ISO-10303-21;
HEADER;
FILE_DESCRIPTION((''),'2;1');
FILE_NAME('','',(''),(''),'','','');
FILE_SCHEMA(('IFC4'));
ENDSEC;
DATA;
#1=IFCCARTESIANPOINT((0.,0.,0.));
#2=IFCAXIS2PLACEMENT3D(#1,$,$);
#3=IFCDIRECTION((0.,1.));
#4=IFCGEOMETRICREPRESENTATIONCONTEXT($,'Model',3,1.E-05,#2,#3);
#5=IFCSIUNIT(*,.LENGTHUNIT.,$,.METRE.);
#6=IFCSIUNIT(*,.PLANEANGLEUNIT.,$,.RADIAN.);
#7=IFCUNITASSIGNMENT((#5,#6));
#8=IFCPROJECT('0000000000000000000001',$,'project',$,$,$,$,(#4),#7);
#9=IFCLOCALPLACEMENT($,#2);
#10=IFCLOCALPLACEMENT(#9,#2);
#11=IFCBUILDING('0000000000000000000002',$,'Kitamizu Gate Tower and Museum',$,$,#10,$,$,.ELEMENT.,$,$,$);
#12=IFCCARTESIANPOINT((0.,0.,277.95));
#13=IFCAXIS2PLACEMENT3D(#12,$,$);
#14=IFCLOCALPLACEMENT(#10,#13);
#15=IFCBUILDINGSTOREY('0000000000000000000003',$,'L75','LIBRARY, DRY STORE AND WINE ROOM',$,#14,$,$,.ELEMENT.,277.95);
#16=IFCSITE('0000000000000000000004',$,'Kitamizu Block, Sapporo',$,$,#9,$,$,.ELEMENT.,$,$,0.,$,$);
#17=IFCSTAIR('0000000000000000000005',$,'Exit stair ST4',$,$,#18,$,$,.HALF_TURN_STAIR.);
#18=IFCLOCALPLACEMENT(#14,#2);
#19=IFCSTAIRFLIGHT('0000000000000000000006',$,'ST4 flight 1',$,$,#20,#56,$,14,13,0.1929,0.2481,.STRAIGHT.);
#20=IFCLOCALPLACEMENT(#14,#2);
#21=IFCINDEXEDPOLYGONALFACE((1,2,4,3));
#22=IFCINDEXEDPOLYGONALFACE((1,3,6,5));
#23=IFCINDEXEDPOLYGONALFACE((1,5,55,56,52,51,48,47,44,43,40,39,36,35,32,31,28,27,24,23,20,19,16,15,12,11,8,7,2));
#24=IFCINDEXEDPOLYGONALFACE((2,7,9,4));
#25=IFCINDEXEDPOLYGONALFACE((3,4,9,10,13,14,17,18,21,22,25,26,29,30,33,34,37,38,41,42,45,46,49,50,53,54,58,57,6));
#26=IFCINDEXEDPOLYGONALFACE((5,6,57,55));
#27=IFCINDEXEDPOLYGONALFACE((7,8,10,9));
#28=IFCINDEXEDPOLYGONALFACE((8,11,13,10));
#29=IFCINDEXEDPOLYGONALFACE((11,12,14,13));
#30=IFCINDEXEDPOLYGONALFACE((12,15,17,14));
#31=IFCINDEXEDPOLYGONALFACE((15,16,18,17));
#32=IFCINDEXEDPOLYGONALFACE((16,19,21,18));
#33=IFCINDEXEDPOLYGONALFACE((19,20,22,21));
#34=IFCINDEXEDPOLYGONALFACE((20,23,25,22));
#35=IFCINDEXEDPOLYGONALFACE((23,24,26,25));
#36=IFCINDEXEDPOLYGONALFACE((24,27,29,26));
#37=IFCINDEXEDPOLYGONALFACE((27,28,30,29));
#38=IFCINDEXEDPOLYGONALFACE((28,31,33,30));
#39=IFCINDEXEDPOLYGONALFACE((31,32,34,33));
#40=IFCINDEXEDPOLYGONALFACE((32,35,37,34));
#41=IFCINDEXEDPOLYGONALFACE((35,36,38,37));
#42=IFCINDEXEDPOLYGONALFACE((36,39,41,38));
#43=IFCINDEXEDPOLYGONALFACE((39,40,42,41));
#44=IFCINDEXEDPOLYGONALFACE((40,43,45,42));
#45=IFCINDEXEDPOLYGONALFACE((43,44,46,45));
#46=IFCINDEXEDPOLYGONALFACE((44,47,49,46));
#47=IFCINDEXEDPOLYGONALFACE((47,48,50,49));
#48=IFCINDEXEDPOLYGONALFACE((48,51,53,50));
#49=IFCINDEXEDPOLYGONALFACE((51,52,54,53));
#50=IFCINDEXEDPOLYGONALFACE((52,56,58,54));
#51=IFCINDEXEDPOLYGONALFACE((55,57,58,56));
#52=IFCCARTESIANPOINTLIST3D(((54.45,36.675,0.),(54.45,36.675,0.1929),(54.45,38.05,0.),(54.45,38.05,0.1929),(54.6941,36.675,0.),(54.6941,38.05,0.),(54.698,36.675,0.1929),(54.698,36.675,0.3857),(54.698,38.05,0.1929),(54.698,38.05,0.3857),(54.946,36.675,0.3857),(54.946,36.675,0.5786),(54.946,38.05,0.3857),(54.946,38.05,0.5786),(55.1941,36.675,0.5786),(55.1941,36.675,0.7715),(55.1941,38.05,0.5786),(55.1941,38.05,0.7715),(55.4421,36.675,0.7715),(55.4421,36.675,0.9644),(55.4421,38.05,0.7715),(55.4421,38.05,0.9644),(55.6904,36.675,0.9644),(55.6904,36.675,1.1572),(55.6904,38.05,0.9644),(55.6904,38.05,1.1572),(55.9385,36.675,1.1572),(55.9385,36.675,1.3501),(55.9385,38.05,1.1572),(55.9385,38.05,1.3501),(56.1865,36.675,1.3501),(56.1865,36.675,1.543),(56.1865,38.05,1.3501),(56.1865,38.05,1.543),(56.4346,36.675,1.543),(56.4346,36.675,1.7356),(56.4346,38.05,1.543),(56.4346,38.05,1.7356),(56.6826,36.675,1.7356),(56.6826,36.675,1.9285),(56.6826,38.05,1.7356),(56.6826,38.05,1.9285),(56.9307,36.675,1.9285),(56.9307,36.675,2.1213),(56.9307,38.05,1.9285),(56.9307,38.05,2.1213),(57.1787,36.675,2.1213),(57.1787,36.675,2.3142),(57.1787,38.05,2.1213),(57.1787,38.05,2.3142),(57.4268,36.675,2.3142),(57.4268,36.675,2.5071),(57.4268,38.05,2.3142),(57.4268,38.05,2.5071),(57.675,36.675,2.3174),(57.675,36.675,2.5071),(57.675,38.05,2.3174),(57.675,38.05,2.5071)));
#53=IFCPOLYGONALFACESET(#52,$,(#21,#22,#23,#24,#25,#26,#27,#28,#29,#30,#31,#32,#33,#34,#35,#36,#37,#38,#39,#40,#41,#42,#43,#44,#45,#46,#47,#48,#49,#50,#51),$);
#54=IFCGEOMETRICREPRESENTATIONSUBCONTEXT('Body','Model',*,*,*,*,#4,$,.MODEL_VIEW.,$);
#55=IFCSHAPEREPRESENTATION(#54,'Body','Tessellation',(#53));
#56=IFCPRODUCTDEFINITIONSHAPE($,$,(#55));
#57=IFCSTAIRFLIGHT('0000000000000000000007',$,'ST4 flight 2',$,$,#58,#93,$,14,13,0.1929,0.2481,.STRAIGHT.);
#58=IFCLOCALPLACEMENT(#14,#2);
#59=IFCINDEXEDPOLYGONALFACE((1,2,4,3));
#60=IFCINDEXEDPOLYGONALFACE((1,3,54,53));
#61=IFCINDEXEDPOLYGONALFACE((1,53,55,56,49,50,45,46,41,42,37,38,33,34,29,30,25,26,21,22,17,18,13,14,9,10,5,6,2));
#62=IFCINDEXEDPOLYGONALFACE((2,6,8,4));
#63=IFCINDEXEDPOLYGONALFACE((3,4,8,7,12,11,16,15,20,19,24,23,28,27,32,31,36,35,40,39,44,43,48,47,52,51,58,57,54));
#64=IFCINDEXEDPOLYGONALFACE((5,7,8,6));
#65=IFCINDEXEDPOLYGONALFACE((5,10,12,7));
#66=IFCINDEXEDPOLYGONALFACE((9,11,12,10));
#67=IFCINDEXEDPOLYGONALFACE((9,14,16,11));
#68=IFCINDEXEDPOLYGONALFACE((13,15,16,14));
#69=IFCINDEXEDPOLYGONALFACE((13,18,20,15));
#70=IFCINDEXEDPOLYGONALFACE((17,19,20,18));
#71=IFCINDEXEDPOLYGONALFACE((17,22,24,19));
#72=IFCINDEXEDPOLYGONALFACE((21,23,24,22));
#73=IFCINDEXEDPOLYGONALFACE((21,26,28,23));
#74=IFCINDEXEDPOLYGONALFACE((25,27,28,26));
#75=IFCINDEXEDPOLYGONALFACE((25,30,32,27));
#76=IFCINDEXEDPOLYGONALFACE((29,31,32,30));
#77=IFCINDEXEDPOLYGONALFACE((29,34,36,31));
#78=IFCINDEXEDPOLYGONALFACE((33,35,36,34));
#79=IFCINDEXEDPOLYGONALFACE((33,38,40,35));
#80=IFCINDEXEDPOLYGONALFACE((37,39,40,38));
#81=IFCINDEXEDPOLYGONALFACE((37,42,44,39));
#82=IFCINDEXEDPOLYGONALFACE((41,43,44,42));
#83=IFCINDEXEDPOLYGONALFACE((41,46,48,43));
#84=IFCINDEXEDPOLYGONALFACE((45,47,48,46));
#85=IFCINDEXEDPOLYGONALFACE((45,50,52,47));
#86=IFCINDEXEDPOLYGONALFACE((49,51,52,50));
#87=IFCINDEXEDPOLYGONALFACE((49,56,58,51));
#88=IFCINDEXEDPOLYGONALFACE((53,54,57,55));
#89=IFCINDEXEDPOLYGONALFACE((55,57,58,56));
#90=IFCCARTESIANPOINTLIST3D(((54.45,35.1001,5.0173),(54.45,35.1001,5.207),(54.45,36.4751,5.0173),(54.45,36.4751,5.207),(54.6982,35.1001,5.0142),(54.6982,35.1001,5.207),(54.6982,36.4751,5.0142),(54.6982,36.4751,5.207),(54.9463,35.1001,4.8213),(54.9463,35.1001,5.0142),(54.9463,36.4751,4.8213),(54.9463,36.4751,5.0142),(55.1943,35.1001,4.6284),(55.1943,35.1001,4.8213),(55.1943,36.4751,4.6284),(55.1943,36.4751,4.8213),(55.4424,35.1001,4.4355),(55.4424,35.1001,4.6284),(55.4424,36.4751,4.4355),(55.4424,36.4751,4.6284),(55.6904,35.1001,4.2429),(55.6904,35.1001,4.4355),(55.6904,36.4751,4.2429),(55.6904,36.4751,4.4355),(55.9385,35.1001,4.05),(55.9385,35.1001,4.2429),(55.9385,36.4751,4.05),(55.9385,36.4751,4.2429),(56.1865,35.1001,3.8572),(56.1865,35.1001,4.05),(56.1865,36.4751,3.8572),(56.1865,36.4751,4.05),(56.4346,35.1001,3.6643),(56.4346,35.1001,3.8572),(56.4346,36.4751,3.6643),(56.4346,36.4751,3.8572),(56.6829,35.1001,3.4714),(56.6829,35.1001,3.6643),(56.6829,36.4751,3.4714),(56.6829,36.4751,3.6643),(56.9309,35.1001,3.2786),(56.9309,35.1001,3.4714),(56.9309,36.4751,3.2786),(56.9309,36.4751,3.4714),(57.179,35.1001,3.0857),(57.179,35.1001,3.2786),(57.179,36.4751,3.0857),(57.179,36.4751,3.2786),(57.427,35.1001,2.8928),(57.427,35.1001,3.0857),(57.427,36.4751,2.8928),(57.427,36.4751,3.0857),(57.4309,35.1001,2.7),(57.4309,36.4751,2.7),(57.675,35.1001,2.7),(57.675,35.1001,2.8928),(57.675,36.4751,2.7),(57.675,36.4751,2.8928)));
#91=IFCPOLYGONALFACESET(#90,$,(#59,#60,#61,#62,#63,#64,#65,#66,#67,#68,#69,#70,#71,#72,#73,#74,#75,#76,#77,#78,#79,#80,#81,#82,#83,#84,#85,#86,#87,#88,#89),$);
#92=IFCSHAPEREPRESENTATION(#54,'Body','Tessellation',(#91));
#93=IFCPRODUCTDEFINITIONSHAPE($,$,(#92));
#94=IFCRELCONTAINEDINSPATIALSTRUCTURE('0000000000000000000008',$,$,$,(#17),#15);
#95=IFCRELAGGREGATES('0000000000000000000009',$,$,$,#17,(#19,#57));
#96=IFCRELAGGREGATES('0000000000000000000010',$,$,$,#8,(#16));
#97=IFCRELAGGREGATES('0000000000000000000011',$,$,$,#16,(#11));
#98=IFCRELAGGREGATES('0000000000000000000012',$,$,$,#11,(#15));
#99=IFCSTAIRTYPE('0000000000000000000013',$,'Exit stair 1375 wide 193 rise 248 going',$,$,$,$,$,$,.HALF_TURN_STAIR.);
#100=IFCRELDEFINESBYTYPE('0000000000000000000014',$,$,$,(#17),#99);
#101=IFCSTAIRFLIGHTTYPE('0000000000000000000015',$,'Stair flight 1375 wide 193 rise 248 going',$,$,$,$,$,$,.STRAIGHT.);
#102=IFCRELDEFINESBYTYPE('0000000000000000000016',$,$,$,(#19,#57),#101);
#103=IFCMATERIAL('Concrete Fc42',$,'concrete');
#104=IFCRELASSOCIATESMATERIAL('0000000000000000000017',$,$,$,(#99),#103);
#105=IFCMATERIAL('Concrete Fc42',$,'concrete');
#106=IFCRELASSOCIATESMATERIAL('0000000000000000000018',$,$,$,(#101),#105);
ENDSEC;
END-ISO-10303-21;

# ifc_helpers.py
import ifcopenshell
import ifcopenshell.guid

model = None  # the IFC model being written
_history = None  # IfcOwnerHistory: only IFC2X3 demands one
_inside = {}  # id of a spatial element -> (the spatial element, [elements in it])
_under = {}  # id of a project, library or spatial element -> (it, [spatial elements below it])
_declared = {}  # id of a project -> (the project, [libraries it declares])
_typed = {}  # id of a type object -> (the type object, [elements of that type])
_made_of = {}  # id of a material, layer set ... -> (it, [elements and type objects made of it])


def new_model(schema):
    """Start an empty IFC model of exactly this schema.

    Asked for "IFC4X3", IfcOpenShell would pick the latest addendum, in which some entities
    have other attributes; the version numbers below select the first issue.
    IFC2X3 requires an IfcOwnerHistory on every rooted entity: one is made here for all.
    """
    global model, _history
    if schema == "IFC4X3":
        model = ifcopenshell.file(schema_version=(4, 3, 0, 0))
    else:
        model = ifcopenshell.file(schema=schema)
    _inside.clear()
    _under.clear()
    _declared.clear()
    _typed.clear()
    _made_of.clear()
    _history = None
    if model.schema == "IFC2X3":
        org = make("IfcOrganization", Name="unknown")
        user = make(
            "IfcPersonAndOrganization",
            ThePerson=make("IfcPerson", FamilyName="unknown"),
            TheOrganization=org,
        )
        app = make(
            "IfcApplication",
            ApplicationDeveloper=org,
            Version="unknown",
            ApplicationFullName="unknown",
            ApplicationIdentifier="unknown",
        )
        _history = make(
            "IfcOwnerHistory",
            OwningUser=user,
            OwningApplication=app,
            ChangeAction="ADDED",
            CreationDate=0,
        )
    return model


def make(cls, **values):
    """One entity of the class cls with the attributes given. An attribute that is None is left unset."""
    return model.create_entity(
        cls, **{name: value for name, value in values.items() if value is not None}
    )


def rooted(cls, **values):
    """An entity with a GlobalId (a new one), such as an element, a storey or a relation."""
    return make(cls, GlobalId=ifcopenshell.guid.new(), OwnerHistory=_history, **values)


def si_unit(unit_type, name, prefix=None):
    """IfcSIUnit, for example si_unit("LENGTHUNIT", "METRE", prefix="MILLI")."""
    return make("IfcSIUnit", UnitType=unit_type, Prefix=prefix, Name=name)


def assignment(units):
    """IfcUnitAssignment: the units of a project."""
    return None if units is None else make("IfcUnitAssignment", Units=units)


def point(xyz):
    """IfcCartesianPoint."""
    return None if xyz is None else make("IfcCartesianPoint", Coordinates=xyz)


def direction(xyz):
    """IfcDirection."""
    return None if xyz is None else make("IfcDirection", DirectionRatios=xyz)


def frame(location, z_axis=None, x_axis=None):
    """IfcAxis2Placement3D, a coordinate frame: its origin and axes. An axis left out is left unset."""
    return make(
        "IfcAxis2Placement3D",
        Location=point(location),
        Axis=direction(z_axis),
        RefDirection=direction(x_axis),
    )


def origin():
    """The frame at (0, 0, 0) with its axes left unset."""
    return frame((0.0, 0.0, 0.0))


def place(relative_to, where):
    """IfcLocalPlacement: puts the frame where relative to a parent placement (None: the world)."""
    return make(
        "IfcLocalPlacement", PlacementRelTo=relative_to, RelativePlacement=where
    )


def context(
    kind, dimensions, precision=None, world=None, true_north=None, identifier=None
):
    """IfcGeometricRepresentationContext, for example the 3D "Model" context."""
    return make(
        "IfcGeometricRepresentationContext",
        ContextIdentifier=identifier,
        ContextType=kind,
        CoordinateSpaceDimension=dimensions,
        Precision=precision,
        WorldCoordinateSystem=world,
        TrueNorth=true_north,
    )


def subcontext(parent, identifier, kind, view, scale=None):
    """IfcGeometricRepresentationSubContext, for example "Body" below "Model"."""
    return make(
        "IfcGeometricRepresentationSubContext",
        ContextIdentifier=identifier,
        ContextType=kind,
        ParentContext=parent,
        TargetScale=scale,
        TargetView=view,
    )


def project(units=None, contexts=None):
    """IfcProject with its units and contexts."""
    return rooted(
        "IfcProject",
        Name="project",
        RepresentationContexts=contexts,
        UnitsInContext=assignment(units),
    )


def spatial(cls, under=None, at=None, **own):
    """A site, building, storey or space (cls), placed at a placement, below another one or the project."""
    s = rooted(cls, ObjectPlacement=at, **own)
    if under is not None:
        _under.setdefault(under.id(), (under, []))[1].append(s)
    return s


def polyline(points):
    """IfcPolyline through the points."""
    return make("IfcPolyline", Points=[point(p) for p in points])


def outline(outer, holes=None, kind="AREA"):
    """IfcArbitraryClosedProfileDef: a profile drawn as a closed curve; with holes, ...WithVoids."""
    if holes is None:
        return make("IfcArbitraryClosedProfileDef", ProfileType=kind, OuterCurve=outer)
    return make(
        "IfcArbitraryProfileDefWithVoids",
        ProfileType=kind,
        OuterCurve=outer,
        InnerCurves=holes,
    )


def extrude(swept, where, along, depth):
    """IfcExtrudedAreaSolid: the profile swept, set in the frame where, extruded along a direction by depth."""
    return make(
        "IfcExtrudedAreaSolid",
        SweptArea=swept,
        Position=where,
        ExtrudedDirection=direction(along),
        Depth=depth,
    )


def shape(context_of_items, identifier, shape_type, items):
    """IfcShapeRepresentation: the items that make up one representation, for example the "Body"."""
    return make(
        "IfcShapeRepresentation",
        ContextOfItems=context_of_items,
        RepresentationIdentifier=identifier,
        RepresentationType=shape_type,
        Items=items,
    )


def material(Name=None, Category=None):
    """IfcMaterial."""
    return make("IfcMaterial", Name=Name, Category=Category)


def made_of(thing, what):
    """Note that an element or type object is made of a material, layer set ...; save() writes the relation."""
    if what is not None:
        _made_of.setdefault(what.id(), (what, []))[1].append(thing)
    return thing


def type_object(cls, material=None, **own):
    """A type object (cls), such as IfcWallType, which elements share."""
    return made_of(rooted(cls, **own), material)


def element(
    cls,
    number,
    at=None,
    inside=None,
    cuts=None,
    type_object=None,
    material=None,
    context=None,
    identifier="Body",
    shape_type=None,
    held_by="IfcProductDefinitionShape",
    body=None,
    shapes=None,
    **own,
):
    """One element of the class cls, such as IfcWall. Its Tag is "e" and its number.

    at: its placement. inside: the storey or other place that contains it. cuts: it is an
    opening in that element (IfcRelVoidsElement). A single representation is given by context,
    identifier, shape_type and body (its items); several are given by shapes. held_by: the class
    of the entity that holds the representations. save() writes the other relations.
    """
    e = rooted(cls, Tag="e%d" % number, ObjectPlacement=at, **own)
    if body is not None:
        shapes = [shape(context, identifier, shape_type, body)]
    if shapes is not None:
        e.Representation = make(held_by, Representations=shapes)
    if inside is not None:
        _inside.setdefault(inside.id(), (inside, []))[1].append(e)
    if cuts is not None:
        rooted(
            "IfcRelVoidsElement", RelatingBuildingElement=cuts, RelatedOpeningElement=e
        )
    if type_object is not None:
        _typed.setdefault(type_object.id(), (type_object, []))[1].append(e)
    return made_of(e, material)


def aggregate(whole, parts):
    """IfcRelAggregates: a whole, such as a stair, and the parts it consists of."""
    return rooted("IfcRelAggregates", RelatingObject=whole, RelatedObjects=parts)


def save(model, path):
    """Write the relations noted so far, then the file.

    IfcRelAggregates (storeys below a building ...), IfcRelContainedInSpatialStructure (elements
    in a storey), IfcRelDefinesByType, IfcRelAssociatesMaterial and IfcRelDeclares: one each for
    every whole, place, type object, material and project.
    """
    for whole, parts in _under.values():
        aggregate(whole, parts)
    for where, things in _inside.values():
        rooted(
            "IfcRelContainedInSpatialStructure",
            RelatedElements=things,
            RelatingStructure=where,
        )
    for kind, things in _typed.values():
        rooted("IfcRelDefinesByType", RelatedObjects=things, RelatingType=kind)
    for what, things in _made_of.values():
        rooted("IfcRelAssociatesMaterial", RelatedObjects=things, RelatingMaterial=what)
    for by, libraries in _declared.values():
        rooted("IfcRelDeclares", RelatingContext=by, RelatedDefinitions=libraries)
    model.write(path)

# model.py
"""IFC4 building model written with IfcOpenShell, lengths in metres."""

from ifc_helpers import new_model, si_unit, direction, frame, origin, place, context, subcontext, project, spatial, polyline, outline, extrude, material, type_object, element, aggregate, save


model = new_model("IFC4")

# Units and contexts
model_context = context("Model", 3, precision=1e-05, world=origin(), true_north=direction((0.0, 1.0)))
body_context = subcontext(model_context, "Body", "Model", "MODEL_VIEW")
ifc_project = project(units=[si_unit("LENGTHUNIT", "METRE"), si_unit("PLANEANGLEUNIT", "RADIAN")], contexts=[model_context])

# Site, building, storey
site_placement = place(None, origin())
site = spatial("IfcSite", under=ifc_project, at=site_placement, Name="Kitamizu Block, Sapporo", CompositionType="ELEMENT", RefElevation=0.0)
building_placement = place(site_placement, origin())
building = spatial("IfcBuilding", under=site, at=building_placement, Name="Kitamizu Gate Tower and Museum", CompositionType="ELEMENT")
storey_placement = place(building_placement, frame((0.0, 0.0, 277.95)))
storey = spatial("IfcBuildingStorey", under=building, at=storey_placement, Name="L75", Description="LIBRARY, DRY STORE AND WINE ROOM", CompositionType="ELEMENT", Elevation=277.95)

# Stair, stair flights
ifc_material_1 = material(Name="Concrete Fc42", Category="concrete")
stair_type = type_object("IfcStairType", Name="Exit stair 1375 wide 193 rise 248 going", PredefinedType="HALF_TURN_STAIR", material=ifc_material_1)
stair_placement = place(storey_placement, origin())
stair = element("IfcStair", 1, at=stair_placement, inside=storey, type_object=stair_type, Name="Exit stair ST4", PredefinedType="HALF_TURN_STAIR")
ifc_material_2 = material(Name="Concrete Fc42", Category="concrete")
stair_flight_type = type_object("IfcStairFlightType", Name="Stair flight 1375 wide 193 rise 248 going", PredefinedType="STRAIGHT", material=ifc_material_2)
stair_flight_1_placement = place(storey_placement, frame((54.45, 37.3625, 0.0), z_axis=(0.0, 0.0, 1.0), x_axis=(1.0, 0.0, 0.0)))
stair_flight_1 = element("IfcStairFlight", 2, at=stair_flight_1_placement, type_object=stair_flight_type, Name="ST4 flight 1", NumberOfRisers=14, NumberOfTreads=13, PredefinedType="STRAIGHT", RiserHeight=0.1929, TreadLength=0.2481, context=body_context, shape_type="SweptSolid", body=[
    extrude(outline(polyline([(0.0, 0.0), (0.0, 0.1929), (0.248, 0.1929), (0.248, 0.3857), (0.4961, 0.3857), (0.4961, 0.5786), (0.7441, 0.5786), (0.7441, 0.7715), (0.9922, 0.7715), (0.9922, 0.9644), (1.2405, 0.9644), (1.2405, 1.1572), (1.4885, 1.1572), (1.4885, 1.3501), (1.7366, 1.3501), (1.7366, 1.543), (1.9846, 1.543), (1.9846, 1.7356), (2.2327, 1.7356), (2.2327, 1.9285), (2.4807, 1.9285), (2.4807, 2.1213), (2.7288, 2.1213), (2.7288, 2.3142), (2.9768, 2.3142), (2.9768, 2.5071), (3.2251, 2.5071), (3.2251, 2.7), (3.2251, 2.3174), (0.2441, 0.0), (0.0, 0.0)])), frame((0.0, 0.6875, 0.0), z_axis=(0.0, -1.0, 0.0), x_axis=(1.0, 0.0, 0.0)), (0.0, 0.0, 1.0), 1.375),
])
stair_flight_2_placement = place(storey_placement, frame((57.675, 35.7876, 2.7), z_axis=(0.0, 0.0, 1.0), x_axis=(-1.0, 0.0, 0.0)))
stair_flight_2 = element("IfcStairFlight", 3, at=stair_flight_2_placement, type_object=stair_flight_type, Name="ST4 flight 2", NumberOfRisers=14, NumberOfTreads=13, PredefinedType="STRAIGHT", RiserHeight=0.1929, TreadLength=0.2481, context=body_context, shape_type="SweptSolid", body=[
    extrude(outline(polyline([(0.0, 0.0), (0.0, 0.1929), (0.248, 0.1929), (0.248, 0.3857), (0.4961, 0.3857), (0.4961, 0.5786), (0.7441, 0.5786), (0.7441, 0.7715), (0.9922, 0.7715), (0.9922, 0.9644), (1.2405, 0.9644), (1.2405, 1.1572), (1.4885, 1.1572), (1.4885, 1.3501), (1.7366, 1.3501), (1.7366, 1.543), (1.9846, 1.543), (1.9846, 1.7356), (2.2327, 1.7356), (2.2327, 1.9285), (2.4807, 1.9285), (2.4807, 2.1213), (2.7288, 2.1213), (2.7288, 2.3142), (2.9768, 2.3142), (2.9768, 2.5071), (3.2251, 2.5071), (3.2251, 2.7), (3.2251, 2.3174), (0.2441, 0.0), (0.0, 0.0)])), frame((0.0, 0.6875, 0.0), z_axis=(0.0, -1.0, 0.0), x_axis=(1.0, 0.0, 0.0)), (0.0, 0.0, 1.0), 1.375),
])
aggregate(stair, [stair_flight_1, stair_flight_2])

save(model, "model.ifc")
